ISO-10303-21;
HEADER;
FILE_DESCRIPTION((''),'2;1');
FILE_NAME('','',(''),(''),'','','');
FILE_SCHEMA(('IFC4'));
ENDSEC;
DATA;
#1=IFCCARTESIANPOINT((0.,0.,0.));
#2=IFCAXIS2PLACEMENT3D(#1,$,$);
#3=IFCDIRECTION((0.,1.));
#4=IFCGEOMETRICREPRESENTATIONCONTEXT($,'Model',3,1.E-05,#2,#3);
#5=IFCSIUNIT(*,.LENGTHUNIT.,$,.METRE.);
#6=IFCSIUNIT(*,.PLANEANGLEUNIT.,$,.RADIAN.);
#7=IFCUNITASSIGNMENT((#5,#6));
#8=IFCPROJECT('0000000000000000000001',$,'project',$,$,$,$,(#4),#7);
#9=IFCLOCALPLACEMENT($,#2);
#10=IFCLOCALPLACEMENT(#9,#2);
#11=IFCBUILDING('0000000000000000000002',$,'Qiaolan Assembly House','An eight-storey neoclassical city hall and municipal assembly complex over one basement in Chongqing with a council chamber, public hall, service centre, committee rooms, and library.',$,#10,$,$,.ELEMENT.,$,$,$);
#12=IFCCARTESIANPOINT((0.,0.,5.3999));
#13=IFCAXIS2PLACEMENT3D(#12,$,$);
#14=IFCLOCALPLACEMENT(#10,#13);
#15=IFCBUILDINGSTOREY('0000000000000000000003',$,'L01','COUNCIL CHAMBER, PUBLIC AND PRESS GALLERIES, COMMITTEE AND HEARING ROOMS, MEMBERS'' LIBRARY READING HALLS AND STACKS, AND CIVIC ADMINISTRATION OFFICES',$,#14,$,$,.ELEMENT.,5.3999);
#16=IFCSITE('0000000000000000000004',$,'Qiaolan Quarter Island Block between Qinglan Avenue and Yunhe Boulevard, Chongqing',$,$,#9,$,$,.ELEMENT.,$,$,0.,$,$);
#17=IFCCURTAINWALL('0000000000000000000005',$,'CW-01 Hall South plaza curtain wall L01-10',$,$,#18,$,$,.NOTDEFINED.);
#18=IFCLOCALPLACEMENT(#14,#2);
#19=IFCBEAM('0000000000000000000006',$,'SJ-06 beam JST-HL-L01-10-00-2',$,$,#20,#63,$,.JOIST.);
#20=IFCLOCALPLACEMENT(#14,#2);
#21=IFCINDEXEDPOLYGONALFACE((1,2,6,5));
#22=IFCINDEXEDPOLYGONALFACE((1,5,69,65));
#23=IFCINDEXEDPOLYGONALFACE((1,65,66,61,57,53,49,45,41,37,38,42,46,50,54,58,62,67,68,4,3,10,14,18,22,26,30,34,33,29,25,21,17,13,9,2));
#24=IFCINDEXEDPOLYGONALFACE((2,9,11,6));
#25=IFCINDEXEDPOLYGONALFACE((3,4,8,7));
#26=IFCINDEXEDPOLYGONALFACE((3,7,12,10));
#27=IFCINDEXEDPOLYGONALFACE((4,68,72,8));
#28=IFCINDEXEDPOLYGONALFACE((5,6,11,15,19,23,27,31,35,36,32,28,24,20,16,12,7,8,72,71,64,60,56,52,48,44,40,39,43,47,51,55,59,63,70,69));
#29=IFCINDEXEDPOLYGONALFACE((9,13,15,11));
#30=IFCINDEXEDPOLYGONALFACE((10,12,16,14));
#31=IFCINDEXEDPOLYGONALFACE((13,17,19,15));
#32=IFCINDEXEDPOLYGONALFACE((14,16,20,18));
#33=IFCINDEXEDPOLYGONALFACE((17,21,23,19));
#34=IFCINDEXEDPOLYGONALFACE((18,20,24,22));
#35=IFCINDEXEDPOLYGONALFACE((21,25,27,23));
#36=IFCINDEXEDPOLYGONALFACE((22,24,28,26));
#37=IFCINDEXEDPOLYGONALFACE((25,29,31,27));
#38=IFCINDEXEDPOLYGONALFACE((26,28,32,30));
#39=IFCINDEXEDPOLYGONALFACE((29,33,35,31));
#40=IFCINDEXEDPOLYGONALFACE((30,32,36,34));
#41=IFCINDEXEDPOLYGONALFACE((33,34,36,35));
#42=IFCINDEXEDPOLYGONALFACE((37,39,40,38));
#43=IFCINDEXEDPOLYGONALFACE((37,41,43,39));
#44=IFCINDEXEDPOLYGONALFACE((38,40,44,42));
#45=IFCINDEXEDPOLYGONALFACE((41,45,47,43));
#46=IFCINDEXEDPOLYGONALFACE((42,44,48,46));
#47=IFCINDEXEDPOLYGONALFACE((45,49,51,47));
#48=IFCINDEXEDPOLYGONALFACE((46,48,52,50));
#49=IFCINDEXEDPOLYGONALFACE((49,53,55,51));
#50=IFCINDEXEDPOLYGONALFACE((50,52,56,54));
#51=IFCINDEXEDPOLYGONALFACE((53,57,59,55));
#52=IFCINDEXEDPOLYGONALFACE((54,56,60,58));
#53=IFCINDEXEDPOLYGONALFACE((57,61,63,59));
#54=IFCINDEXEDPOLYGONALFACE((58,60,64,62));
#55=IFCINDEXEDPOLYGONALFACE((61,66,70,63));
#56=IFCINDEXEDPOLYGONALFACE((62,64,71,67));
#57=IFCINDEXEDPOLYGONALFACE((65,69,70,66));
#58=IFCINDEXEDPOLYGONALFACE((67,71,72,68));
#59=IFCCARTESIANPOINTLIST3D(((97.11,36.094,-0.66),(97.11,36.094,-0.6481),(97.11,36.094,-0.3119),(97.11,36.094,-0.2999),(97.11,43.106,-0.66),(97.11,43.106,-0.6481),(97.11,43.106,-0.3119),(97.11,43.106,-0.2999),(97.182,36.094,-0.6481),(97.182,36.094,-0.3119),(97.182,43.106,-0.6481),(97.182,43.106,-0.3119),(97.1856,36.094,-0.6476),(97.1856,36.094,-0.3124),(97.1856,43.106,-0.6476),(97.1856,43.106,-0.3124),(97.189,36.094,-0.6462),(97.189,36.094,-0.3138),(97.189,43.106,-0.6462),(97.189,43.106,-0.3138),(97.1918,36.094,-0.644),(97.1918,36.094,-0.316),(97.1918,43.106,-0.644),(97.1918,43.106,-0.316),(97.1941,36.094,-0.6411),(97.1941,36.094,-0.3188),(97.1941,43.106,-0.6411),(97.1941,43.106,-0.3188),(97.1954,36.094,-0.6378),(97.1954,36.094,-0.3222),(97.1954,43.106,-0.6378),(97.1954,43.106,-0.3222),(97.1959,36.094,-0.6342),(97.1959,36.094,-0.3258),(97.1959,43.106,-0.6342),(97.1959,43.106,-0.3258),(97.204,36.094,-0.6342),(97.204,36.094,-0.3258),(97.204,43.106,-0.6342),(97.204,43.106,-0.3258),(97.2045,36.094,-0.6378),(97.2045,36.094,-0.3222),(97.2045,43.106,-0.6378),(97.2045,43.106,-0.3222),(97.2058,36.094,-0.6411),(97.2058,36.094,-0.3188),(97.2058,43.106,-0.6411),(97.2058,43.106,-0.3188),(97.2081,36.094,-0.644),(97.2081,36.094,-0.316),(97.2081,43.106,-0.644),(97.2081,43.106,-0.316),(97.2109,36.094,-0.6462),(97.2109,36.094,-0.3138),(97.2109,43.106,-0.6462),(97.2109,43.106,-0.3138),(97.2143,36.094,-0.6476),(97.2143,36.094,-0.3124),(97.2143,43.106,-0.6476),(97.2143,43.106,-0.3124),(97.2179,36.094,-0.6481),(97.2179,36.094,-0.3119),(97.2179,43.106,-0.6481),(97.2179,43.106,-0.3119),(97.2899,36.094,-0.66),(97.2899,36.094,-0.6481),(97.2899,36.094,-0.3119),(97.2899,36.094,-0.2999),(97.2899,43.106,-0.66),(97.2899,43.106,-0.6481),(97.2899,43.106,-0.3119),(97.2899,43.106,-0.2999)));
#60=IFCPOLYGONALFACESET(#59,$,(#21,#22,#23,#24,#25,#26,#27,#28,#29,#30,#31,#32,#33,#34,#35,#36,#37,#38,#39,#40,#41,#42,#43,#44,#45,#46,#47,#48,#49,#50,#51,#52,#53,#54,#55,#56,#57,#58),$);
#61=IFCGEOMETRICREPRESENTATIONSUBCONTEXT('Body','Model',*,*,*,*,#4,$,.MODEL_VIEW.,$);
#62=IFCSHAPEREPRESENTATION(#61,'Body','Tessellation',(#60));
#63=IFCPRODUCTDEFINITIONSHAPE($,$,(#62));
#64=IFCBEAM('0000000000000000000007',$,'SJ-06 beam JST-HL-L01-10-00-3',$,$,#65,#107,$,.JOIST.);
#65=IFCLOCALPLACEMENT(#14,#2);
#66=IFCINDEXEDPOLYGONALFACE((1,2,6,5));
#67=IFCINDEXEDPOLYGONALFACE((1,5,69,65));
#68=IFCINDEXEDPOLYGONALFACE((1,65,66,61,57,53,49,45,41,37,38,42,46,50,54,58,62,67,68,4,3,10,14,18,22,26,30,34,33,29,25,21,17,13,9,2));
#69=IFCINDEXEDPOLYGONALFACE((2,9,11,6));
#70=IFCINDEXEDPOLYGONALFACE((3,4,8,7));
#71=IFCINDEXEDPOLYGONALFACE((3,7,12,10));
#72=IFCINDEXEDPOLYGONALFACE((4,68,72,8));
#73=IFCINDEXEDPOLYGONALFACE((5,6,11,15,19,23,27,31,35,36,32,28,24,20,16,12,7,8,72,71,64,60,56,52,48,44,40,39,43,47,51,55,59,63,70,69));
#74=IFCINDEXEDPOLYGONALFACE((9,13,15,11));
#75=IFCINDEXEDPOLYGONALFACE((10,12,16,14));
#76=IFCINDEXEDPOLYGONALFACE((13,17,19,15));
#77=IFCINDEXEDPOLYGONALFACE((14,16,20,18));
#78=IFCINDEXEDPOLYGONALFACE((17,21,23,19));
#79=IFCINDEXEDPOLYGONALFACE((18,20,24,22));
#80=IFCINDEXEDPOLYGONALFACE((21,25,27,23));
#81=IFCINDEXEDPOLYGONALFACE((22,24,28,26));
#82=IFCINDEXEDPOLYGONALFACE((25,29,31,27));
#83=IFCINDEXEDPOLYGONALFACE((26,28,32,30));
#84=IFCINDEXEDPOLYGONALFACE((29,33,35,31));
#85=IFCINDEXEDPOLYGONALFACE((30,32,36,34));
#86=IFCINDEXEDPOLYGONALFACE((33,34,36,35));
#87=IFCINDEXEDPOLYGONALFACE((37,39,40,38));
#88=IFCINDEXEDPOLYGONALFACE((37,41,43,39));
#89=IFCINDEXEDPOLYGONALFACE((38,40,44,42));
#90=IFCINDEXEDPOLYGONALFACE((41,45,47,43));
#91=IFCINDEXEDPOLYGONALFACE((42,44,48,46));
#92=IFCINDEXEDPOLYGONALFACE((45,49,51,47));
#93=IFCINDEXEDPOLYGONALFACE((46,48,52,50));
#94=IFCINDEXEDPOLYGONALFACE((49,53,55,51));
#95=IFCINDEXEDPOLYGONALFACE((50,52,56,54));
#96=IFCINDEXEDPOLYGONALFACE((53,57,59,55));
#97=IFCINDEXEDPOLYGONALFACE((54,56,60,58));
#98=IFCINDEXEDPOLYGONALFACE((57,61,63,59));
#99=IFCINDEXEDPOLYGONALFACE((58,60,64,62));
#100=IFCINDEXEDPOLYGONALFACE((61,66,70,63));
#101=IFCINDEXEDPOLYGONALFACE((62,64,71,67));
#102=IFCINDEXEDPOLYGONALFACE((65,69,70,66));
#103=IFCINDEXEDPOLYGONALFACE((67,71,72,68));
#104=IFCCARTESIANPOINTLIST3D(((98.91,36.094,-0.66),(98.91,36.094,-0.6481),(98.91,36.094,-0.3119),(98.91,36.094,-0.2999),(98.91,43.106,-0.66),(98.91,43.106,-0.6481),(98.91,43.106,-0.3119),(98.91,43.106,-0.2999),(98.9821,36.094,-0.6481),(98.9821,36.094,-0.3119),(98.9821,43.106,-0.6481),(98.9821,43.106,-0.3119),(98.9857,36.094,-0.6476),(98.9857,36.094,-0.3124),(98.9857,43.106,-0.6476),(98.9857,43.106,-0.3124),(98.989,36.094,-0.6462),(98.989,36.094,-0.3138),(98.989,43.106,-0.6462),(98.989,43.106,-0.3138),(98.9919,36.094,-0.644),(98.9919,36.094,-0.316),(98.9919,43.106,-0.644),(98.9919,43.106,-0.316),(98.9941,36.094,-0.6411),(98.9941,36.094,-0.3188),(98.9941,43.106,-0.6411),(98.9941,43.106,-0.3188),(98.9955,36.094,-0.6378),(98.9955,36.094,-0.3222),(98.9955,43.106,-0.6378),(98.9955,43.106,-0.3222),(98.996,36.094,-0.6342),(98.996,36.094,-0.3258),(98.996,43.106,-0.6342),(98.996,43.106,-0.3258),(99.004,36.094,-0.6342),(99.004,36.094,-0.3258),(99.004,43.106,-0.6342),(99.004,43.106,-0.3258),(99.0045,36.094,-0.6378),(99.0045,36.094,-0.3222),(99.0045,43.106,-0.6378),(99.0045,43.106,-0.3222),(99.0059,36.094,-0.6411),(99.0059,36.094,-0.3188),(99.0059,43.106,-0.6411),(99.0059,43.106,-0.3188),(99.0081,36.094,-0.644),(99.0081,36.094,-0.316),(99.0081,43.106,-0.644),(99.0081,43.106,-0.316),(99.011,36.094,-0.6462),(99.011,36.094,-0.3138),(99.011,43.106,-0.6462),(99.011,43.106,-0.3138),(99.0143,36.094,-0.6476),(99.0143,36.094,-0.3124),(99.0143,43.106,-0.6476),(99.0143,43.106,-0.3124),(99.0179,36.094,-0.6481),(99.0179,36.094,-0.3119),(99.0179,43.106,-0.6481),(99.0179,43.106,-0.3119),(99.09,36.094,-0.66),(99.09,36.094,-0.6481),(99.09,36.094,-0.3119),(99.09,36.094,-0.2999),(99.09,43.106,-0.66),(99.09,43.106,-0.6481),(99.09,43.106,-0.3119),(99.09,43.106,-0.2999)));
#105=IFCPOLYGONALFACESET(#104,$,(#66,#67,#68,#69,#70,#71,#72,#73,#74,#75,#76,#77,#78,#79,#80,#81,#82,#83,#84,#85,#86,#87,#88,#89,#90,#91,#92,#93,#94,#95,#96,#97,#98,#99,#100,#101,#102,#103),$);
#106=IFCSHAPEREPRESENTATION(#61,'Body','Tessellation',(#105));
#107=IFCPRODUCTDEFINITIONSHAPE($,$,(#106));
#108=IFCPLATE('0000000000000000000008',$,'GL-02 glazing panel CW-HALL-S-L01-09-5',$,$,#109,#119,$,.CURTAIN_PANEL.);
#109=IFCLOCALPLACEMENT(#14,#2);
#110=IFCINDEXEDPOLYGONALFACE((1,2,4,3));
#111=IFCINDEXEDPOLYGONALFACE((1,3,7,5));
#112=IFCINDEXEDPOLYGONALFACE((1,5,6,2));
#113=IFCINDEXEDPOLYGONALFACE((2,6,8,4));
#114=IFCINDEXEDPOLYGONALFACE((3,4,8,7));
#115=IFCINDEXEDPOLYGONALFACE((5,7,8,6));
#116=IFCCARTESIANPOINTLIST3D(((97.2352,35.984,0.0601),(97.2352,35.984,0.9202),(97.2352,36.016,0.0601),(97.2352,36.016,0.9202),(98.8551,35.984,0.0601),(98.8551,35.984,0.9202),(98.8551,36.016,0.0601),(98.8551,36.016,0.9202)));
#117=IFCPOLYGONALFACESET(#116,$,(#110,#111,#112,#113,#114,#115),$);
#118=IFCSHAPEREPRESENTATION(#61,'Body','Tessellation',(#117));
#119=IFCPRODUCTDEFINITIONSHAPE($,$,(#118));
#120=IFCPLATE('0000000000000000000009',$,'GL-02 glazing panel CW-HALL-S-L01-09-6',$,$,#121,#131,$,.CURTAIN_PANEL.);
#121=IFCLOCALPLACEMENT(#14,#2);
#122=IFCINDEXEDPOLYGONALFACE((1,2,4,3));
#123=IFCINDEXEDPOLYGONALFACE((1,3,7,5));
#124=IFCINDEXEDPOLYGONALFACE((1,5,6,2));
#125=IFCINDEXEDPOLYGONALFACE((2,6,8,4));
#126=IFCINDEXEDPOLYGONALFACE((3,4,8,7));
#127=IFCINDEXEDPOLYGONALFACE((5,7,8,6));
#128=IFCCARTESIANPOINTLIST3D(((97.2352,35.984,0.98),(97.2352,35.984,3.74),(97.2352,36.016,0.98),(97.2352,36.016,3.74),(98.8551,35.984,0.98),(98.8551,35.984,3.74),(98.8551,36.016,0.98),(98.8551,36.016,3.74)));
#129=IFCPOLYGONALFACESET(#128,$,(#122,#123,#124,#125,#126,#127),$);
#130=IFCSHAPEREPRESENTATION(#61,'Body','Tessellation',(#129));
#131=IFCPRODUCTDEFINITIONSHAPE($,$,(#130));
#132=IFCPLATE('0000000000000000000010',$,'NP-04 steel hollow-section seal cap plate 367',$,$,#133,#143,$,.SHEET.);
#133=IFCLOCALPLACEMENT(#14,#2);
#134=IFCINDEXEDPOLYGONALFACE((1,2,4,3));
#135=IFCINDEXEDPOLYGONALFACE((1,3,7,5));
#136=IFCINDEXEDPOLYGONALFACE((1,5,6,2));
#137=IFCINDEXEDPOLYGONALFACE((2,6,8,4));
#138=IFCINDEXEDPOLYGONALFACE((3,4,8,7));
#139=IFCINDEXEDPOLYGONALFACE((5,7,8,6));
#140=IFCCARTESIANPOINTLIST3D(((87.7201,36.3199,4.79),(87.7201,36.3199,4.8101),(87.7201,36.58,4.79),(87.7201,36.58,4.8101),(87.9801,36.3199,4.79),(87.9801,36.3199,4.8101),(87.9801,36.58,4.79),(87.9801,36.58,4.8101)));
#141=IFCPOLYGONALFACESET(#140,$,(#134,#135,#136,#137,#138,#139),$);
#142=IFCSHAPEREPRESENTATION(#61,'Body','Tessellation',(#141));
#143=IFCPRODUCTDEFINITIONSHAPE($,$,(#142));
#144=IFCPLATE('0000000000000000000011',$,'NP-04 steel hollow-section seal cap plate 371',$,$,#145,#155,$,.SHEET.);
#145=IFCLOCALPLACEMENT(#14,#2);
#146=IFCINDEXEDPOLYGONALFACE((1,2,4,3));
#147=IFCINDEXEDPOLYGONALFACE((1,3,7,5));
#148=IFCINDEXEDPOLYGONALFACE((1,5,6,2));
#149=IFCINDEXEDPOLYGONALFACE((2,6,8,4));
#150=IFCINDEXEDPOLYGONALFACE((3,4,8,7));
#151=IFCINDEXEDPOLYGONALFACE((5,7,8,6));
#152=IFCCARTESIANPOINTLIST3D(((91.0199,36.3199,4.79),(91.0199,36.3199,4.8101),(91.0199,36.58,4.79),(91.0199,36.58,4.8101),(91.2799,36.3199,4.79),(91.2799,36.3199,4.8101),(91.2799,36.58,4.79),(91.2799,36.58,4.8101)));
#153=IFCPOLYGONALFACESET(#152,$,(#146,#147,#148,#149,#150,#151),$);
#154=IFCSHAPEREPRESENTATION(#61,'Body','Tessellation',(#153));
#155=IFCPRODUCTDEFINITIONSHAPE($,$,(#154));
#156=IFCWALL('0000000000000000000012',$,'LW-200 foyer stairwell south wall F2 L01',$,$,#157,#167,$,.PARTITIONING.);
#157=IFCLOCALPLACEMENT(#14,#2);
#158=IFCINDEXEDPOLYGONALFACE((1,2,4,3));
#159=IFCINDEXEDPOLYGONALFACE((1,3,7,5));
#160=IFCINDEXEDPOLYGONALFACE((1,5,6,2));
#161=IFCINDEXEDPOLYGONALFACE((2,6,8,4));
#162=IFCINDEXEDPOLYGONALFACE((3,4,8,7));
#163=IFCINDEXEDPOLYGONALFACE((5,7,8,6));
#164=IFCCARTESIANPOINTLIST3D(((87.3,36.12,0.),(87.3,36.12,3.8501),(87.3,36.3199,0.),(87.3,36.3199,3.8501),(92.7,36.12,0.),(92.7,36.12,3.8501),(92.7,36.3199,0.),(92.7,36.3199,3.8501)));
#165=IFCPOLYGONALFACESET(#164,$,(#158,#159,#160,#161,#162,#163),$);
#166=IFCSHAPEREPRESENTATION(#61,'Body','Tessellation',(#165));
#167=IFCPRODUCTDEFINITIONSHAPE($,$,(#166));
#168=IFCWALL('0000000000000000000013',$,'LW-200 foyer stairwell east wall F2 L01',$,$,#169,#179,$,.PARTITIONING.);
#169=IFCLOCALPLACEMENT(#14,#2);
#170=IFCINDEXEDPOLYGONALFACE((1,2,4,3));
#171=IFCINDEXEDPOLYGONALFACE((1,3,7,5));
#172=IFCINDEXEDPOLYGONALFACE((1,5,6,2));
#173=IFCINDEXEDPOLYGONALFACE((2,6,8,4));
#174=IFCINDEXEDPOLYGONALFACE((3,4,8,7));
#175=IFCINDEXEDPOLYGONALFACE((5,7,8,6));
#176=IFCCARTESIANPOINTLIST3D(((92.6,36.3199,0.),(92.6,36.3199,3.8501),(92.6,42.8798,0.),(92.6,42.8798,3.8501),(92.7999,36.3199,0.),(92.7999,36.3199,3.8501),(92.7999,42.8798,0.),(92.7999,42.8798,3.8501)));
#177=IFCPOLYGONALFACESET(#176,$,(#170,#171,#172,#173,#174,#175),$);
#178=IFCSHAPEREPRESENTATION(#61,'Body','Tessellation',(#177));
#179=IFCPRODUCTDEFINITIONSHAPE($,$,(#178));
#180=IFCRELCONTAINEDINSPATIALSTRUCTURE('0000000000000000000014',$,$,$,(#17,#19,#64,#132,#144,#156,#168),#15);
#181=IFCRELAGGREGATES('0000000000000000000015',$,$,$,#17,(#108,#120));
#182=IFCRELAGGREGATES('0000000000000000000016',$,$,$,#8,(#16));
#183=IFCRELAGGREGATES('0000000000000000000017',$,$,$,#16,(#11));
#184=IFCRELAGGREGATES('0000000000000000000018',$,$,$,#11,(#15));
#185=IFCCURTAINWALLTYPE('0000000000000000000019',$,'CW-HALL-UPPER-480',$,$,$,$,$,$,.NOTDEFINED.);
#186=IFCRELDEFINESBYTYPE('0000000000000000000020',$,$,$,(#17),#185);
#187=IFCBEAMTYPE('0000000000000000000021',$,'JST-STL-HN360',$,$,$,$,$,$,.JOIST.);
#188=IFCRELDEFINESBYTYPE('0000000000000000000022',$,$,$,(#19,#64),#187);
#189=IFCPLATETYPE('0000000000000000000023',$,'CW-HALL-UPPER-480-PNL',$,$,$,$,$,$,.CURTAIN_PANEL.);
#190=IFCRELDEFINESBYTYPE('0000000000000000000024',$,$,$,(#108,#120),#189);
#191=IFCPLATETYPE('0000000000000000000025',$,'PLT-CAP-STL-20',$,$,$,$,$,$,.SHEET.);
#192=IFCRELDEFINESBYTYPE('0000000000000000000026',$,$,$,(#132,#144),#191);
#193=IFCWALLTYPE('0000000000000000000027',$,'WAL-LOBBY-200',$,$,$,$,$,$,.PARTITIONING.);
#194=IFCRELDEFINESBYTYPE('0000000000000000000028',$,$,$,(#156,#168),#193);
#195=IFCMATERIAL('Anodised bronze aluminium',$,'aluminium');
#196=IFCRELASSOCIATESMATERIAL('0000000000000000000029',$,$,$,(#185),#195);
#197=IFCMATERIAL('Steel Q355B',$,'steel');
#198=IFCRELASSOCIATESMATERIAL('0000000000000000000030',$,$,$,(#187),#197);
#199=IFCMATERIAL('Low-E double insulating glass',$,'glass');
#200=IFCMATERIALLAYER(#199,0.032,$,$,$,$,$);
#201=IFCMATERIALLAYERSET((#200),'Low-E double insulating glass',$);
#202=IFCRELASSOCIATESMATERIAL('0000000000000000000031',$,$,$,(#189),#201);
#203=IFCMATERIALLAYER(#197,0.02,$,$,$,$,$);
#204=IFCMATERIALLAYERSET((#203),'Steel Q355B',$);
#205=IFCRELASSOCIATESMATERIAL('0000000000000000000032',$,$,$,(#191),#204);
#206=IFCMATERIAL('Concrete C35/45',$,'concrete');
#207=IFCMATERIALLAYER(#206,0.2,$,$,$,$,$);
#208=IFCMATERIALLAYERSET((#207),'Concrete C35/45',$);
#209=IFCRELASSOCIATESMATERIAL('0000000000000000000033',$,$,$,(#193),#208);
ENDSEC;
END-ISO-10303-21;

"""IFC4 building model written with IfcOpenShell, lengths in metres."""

from ifc_helpers import new_model, si_unit, direction, frame, frame_2d, origin, origin_2d, place, context, subcontext, project, spatial, rectangle, i_section, extrude, material, layer, layer_set, material_profile, profile_set, type_object, element, aggregate, save


model = new_model("IFC4")

# Units and contexts
model_context = context("Model", 3, precision=1e-05, world=origin(), true_north=direction((0.0, 1.0)))
body_context = subcontext(model_context, "Body", "Model", "MODEL_VIEW")
ifc_project = project(units=[si_unit("LENGTHUNIT", "METRE"), si_unit("PLANEANGLEUNIT", "RADIAN")], contexts=[model_context])

# Site, building, storey
site_placement = place(None, origin())
site = spatial("IfcSite", under=ifc_project, at=site_placement, Name="Qiaolan Quarter Island Block between Qinglan Avenue and Yunhe Boulevard, Chongqing", CompositionType="ELEMENT", RefElevation=0.0)
building_placement = place(site_placement, origin())
building = spatial("IfcBuilding", under=site, at=building_placement, Name="Qiaolan Assembly House", Description="An eight-storey neoclassical city hall and municipal assembly complex over one basement in Chongqing with a council chamber, public hall, service centre, committee rooms, and library.", CompositionType="ELEMENT")
storey_placement = place(building_placement, frame((0.0, 0.0, 5.3999)))
storey = spatial("IfcBuildingStorey", under=building, at=storey_placement, Name="L01", Description="COUNCIL CHAMBER, PUBLIC AND PRESS GALLERIES, COMMITTEE AND HEARING ROOMS, MEMBERS' LIBRARY READING HALLS AND STACKS, AND CIVIC ADMINISTRATION OFFICES", CompositionType="ELEMENT", Elevation=5.3999)

# Shared definitions
ifc_material_1 = material(Name="Steel Q355B", Category="steel")

# Curtain wall
ifc_material_2 = material(Name="Anodised bronze aluminium", Category="aluminium")
curtain_wall_type = type_object("IfcCurtainWallType", Name="CW-HALL-UPPER-480", PredefinedType="NOTDEFINED", material=ifc_material_2)
curtain_wall_placement = place(storey_placement, origin())
curtain_wall = element("IfcCurtainWall", 1, at=curtain_wall_placement, inside=storey, type_object=curtain_wall_type, Name="CW-01 Hall South plaza curtain wall L01-10", PredefinedType="NOTDEFINED")

# Beams
ifc_material_profile_1 = material_profile(ifc_material_1, i_section(OverallWidth=0.1799, OverallDepth=0.3601, WebThickness=0.0081, FlangeThickness=0.012, FilletRadius=0.0139, at=origin_2d()), Name="HN 360x180x8x12")
ifc_profile_set_1 = profile_set([ifc_material_profile_1], Name="Steel Q355B")
beam_type_1 = type_object("IfcBeamType", Name="JST-STL-HN360", PredefinedType="JOIST", material=ifc_profile_set_1)
for number, where, z_axis, x_axis, name in (
    (2, (97.2, 36.094, -0.48), (0.0, 1.0, 0.0), (-1.0, 0.0, 0.0), "SJ-06 beam JST-HL-L01-10-00-2"),
    (3, (99.0, 36.094, -0.48), (0.0, 1.0, 0.0), (-1.0, 0.0, 0.0), "SJ-06 beam JST-HL-L01-10-00-3"),
):
    element("IfcBeam", number, at=place(storey_placement, frame(where, z_axis=z_axis, x_axis=x_axis)), inside=storey, type_object=beam_type_1, Name=name, PredefinedType="JOIST", context=body_context, shape_type="SweptSolid", body=[
        extrude(i_section(OverallWidth=0.1799, OverallDepth=0.3601, WebThickness=0.0081, FlangeThickness=0.012, FilletRadius=0.0139, at=origin_2d()), origin(), (0.0, 0.0, 1.0), 7.012),
    ])

# Plates
ifc_material_3 = material(Name="Low-E double insulating glass", Category="glass")
ifc_layer_1 = layer(ifc_material_3, 0.032)
ifc_layer_set_1 = layer_set([ifc_layer_1], Name="Low-E double insulating glass")
plate_type_1 = type_object("IfcPlateType", Name="CW-HALL-UPPER-480-PNL", PredefinedType="CURTAIN_PANEL", material=ifc_layer_set_1)
plate_1_placement = place(storey_placement, frame((97.2351, 36.0, 0.0601), z_axis=(0.0, 0.0, 1.0), x_axis=(1.0, 0.0, 0.0)))
plate_1 = element("IfcPlate", 4, at=plate_1_placement, type_object=plate_type_1, Name="GL-02 glazing panel CW-HALL-S-L01-09-5", PredefinedType="CURTAIN_PANEL", context=body_context, shape_type="SweptSolid", body=[
    extrude(rectangle(XDim=1.6199, YDim=0.032, at=frame_2d((0.8101, 0.0))), origin(), (0.0, 0.0, 1.0), 0.8601),
])
plate_2_placement = place(storey_placement, frame((97.2351, 36.0, 0.98), z_axis=(0.0, 0.0, 1.0), x_axis=(1.0, 0.0, 0.0)))
plate_2 = element("IfcPlate", 5, at=plate_2_placement, type_object=plate_type_1, Name="GL-02 glazing panel CW-HALL-S-L01-09-6", PredefinedType="CURTAIN_PANEL", context=body_context, shape_type="SweptSolid", body=[
    extrude(rectangle(XDim=1.6199, YDim=0.032, at=frame_2d((0.8101, 0.0))), origin(), (0.0, 0.0, 1.0), 2.76),
])
aggregate(curtain_wall, [plate_1, plate_2])

# Plates
ifc_layer_2 = layer(ifc_material_1, 0.02)
ifc_layer_set_2 = layer_set([ifc_layer_2], Name="Steel Q355B")
plate_type_2 = type_object("IfcPlateType", Name="PLT-CAP-STL-20", PredefinedType="SHEET", material=ifc_layer_set_2)
for number, where, z_axis, x_axis, name in (
    (6, (87.8501, 36.45, 4.79), (0.0, 0.0, 1.0), (1.0, 0.0, 0.0), "NP-04 steel hollow-section seal cap plate 367"),
    (7, (91.1499, 36.45, 4.79), (0.0, 0.0, 1.0), (1.0, 0.0, 0.0), "NP-04 steel hollow-section seal cap plate 371"),
):
    element("IfcPlate", number, at=place(storey_placement, frame(where, z_axis=z_axis, x_axis=x_axis)), inside=storey, type_object=plate_type_2, Name=name, PredefinedType="SHEET", context=body_context, shape_type="SweptSolid", body=[
        extrude(rectangle(XDim=0.26, YDim=0.26, at=origin_2d()), origin(), (0.0, 0.0, 1.0), 0.02),
    ])

# Walls
ifc_material_4 = material(Name="Concrete C35/45", Category="concrete")
ifc_layer_3 = layer(ifc_material_4, 0.2)
ifc_layer_set_3 = layer_set([ifc_layer_3], Name="Concrete C35/45")
wall_type = type_object("IfcWallType", Name="WAL-LOBBY-200", PredefinedType="PARTITIONING", material=ifc_layer_set_3)
wall_1_placement = place(storey_placement, frame((92.7, 36.22, 0.0), z_axis=(0.0, 0.0, 1.0), x_axis=(-1.0, 0.0, 0.0)))
element("IfcWall", 8, at=wall_1_placement, inside=storey, type_object=wall_type, Name="LW-200 foyer stairwell south wall F2 L01", PredefinedType="PARTITIONING", context=body_context, shape_type="SweptSolid", body=[
    extrude(rectangle(XDim=5.3999, YDim=0.2, at=frame_2d((2.7, 0.0))), origin(), (0.0, 0.0, 1.0), 3.8501),
])
wall_2_placement = place(storey_placement, frame((92.7, 36.3201, 0.0), z_axis=(0.0, 0.0, 1.0), x_axis=(0.0, 1.0, 0.0)))
element("IfcWall", 9, at=wall_2_placement, inside=storey, type_object=wall_type, Name="LW-200 foyer stairwell east wall F2 L01", PredefinedType="PARTITIONING", context=body_context, shape_type="SweptSolid", body=[
    extrude(rectangle(XDim=6.5598, YDim=0.2, at=frame_2d((3.2798, 0.0))), origin(), (0.0, 0.0, 1.0), 3.8501),
])

save(model, "model.ifc")
